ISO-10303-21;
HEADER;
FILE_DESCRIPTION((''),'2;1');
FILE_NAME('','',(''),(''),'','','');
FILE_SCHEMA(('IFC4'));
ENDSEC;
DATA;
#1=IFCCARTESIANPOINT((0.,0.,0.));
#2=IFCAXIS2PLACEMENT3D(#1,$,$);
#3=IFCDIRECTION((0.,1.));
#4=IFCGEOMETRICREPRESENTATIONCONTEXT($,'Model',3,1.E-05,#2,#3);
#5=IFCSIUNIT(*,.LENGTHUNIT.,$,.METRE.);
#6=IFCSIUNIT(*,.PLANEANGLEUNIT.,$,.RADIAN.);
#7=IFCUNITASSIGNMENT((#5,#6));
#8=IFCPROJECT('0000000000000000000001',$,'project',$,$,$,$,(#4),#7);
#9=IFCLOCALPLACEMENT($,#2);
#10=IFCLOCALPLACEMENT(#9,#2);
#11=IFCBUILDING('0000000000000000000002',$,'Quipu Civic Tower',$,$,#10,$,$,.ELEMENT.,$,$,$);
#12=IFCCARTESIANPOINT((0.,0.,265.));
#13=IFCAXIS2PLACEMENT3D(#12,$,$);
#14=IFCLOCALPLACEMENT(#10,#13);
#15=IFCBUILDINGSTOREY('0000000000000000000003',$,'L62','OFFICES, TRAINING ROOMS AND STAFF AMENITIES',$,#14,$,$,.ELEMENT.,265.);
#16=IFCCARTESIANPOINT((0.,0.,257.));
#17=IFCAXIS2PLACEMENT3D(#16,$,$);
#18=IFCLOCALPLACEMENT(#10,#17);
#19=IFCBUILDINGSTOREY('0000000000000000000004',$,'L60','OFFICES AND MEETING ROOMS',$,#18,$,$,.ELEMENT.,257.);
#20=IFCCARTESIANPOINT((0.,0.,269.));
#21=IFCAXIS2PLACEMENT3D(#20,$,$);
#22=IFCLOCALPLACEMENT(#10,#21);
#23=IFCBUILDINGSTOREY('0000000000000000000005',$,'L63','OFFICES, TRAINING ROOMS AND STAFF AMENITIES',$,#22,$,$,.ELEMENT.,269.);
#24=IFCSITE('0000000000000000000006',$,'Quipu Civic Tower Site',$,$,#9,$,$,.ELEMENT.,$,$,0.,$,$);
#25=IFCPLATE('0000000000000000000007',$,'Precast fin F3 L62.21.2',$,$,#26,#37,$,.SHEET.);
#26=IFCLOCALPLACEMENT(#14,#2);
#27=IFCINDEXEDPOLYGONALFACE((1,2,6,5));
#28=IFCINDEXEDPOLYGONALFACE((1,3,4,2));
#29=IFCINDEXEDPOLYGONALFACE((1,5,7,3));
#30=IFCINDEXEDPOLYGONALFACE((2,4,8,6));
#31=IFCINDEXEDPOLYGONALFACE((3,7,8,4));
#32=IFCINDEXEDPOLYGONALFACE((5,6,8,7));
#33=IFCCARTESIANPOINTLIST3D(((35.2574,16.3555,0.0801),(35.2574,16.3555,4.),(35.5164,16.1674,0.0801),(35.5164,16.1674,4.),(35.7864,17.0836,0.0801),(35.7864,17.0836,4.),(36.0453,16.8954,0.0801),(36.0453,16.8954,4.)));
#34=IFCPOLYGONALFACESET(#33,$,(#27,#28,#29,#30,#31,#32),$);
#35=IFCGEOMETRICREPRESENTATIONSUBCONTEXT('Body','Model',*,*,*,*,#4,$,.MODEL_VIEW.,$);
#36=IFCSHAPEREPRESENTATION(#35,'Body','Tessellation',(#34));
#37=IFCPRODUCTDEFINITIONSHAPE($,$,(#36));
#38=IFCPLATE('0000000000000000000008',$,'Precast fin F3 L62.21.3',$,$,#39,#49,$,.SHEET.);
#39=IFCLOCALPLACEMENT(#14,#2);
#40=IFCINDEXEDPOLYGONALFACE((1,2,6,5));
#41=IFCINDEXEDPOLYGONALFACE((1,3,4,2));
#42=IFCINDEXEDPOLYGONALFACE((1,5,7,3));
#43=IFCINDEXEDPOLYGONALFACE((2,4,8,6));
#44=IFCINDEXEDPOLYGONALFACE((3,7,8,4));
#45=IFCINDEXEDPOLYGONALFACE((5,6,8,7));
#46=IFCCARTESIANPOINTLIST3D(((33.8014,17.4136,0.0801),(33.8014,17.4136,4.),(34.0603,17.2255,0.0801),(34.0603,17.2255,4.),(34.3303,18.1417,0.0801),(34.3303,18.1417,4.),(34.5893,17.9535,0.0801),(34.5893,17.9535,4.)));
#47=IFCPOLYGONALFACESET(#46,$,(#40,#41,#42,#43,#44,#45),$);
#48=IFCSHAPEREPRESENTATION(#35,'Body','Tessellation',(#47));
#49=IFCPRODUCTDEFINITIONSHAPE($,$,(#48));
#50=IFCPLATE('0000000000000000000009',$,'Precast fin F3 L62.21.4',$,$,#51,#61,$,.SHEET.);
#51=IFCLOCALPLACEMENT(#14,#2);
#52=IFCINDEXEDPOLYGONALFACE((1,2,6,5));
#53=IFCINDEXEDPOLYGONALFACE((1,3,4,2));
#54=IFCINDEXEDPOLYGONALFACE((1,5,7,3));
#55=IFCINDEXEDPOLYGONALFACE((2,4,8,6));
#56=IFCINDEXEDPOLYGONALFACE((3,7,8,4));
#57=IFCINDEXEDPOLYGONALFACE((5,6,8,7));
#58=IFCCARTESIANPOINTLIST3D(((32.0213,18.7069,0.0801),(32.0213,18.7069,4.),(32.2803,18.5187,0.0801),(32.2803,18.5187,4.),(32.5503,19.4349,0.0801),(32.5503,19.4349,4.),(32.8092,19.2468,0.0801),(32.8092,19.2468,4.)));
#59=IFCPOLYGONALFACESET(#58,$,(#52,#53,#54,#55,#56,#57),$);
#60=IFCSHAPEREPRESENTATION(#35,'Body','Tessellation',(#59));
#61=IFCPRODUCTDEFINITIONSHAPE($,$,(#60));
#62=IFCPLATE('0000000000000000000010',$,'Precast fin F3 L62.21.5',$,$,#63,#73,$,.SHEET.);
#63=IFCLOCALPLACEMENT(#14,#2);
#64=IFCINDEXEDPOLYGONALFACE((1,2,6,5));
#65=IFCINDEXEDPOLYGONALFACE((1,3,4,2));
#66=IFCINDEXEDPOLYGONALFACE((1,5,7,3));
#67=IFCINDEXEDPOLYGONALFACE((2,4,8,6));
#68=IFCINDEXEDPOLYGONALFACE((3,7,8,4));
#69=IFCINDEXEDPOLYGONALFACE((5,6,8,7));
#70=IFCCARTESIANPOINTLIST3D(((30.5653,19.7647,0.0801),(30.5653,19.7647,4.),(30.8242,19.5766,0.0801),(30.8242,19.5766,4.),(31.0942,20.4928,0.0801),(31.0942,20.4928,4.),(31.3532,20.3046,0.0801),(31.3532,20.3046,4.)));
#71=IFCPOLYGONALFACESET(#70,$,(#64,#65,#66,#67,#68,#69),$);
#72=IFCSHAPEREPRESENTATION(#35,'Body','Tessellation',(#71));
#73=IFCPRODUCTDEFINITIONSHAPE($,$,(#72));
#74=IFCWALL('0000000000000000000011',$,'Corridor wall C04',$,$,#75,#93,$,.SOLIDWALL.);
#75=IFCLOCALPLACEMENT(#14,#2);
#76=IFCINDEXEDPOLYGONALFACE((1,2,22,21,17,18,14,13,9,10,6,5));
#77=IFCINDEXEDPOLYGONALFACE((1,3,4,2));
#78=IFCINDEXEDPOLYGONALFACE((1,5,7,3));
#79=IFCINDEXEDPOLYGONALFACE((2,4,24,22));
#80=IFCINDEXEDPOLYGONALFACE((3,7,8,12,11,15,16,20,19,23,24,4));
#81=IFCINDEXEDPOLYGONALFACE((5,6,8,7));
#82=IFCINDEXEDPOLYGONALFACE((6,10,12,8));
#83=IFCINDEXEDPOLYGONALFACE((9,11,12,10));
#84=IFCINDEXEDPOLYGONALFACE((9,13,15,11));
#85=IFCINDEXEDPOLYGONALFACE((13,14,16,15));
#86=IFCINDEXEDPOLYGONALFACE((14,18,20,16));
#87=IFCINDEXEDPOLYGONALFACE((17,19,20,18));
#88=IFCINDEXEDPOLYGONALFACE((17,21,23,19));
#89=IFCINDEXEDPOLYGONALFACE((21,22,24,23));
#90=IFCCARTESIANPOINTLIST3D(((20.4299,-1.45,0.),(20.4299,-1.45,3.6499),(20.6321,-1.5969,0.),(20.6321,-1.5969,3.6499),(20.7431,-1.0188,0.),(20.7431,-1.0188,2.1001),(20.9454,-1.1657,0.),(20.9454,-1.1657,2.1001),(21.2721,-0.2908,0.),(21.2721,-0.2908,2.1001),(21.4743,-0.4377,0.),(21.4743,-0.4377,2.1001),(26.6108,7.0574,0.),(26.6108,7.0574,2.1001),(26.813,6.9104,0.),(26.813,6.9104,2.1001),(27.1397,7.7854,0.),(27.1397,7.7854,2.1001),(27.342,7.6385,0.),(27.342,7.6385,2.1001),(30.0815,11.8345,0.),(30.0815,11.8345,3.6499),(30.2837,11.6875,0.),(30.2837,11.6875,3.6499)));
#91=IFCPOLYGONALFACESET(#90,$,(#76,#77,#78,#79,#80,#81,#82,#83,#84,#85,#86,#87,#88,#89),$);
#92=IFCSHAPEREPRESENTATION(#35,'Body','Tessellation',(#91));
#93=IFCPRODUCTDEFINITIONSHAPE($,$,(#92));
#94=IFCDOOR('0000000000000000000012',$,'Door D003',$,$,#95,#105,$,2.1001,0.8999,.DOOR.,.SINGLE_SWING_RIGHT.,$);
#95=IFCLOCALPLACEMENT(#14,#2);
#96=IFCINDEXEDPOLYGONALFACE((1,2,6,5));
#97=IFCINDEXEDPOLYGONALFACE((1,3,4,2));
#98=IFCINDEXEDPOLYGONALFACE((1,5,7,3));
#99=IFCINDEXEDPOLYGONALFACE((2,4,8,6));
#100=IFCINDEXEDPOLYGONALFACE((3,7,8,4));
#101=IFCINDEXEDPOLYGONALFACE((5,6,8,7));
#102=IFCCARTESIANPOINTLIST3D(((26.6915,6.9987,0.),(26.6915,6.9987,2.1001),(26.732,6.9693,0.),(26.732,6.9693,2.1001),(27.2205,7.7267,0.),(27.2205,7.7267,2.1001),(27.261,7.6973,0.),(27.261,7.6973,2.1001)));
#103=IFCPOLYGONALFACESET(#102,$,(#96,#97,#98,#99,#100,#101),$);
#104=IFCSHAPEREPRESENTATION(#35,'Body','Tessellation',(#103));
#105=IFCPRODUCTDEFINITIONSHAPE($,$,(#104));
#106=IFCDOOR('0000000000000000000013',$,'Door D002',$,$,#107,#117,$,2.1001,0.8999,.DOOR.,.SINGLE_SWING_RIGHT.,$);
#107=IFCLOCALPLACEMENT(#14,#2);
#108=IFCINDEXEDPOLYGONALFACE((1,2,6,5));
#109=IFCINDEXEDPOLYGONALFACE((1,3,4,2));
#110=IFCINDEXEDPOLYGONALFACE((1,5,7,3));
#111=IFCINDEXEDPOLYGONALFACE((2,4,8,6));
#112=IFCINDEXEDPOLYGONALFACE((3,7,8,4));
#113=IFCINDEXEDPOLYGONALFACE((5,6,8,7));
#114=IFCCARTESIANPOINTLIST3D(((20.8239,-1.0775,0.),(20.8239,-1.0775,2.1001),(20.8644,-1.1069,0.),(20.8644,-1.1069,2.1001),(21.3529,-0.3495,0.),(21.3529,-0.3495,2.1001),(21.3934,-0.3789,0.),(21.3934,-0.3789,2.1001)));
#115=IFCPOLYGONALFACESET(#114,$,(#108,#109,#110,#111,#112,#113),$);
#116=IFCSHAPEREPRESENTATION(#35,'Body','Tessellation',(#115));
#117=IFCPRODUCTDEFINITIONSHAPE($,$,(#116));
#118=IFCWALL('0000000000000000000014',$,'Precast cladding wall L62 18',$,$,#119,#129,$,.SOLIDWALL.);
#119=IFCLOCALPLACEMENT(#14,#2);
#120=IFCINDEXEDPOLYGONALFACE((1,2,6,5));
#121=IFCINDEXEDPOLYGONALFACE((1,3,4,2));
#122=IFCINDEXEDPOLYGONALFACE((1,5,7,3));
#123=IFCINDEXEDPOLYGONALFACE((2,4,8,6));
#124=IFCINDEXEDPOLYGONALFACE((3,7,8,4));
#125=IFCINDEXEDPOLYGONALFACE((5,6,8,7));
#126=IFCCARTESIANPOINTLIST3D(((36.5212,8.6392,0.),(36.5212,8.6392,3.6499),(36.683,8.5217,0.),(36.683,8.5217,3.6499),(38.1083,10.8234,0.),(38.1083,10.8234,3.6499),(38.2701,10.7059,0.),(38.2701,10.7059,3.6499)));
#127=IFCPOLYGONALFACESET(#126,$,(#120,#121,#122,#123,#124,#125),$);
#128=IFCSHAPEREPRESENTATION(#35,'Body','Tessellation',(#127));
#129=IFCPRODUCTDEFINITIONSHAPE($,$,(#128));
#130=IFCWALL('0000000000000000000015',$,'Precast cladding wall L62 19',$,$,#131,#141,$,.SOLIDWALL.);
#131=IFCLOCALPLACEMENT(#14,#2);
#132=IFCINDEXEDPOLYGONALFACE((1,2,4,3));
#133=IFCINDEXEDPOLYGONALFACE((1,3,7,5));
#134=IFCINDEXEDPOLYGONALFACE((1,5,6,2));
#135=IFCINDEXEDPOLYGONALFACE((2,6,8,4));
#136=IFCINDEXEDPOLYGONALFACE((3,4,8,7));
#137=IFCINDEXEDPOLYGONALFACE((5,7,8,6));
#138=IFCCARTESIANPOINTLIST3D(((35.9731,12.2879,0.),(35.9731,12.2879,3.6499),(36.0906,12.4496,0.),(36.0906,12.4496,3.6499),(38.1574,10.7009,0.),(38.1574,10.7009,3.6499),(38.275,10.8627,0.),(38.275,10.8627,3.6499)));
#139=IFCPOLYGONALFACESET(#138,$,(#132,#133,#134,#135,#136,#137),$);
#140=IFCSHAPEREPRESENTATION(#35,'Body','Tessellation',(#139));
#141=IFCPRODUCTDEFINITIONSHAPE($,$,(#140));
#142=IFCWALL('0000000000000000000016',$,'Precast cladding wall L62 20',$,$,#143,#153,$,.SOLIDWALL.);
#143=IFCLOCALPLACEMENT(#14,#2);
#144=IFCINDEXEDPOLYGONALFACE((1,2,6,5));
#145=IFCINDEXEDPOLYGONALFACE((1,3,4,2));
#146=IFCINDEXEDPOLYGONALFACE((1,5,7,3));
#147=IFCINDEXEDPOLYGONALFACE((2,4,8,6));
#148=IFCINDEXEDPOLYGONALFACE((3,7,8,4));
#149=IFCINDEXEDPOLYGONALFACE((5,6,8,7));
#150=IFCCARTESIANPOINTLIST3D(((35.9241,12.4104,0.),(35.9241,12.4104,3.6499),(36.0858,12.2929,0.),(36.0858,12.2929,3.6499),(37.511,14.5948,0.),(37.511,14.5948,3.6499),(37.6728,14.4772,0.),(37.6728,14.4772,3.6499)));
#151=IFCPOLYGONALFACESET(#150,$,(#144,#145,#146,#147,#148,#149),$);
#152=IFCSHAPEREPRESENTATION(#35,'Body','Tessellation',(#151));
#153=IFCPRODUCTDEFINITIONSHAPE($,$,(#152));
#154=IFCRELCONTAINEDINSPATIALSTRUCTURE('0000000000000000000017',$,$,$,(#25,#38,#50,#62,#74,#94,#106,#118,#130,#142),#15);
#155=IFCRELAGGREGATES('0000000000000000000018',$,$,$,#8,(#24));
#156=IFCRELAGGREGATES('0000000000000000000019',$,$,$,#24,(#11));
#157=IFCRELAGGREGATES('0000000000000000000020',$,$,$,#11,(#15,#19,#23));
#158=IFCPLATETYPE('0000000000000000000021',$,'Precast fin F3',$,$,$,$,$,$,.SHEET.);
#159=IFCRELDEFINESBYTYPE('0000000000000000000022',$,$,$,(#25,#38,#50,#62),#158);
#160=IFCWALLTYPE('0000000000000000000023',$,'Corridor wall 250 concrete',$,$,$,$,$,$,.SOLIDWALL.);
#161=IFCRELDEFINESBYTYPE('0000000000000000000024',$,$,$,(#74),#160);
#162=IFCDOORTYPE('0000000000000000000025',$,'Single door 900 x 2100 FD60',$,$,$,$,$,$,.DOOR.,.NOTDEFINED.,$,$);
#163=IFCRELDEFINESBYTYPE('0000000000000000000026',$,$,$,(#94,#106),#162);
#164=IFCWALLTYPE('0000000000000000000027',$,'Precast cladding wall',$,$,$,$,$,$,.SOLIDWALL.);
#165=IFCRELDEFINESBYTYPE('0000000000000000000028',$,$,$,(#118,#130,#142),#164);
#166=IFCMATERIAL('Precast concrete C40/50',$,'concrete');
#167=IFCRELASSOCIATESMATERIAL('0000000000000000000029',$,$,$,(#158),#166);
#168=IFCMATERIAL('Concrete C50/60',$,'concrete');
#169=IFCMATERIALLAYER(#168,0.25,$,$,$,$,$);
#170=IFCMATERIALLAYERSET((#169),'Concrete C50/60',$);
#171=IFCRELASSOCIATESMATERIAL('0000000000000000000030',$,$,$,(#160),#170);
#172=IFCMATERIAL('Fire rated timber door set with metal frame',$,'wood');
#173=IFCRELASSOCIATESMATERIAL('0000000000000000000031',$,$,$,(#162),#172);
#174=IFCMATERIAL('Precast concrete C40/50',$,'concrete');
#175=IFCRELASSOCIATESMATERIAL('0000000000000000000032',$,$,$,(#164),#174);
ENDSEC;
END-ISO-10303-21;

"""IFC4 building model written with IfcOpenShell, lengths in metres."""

from ifc_helpers import new_model, si_unit, direction, frame, frame_2d, origin, origin_2d, place, context, subcontext, project, spatial, rectangle, extrude, material, layer, layer_set, type_object, element, fill, save


model = new_model("IFC4")

# Units and contexts
model_context = context("Model", 3, precision=1e-05, world=origin(), true_north=direction((0.0, 1.0)))
body_context = subcontext(model_context, "Body", "Model", "MODEL_VIEW")
ifc_project = project(units=[si_unit("LENGTHUNIT", "METRE"), si_unit("PLANEANGLEUNIT", "RADIAN")], contexts=[model_context])

# Site, building, storey
site_placement = place(None, origin())
site = spatial("IfcSite", under=ifc_project, at=site_placement, Name="Quipu Civic Tower Site", CompositionType="ELEMENT", RefElevation=0.0)
building_placement = place(site_placement, origin())
building = spatial("IfcBuilding", under=site, at=building_placement, Name="Quipu Civic Tower", CompositionType="ELEMENT")
storey_1_placement = place(building_placement, frame((0.0, 0.0, 265.0)))
storey_1 = spatial("IfcBuildingStorey", under=building, at=storey_1_placement, Name="L62", Description="OFFICES, TRAINING ROOMS AND STAFF AMENITIES", CompositionType="ELEMENT", Elevation=265.0)

# Shared definitions
storey_2_placement = place(building_placement, frame((0.0, 0.0, 257.0)))
storey_2 = spatial("IfcBuildingStorey", under=building, at=storey_2_placement, Name="L60", Description="OFFICES AND MEETING ROOMS", CompositionType="ELEMENT", Elevation=257.0)

# Shared definitions
storey_3_placement = place(building_placement, frame((0.0, 0.0, 269.0)))
storey_3 = spatial("IfcBuildingStorey", under=building, at=storey_3_placement, Name="L63", Description="OFFICES, TRAINING ROOMS AND STAFF AMENITIES", CompositionType="ELEMENT", Elevation=269.0)

# Plates
ifc_material_1 = material(Name="Precast concrete C40/50", Category="concrete")
plate_type_1 = type_object("IfcPlateType", Name="Precast fin F3", PredefinedType="SHEET", material=ifc_material_1)
for number, where, z_axis, x_axis, name in (
    (1, (35.6514, 16.6255, 0.0801), (0.0, 0.0, 1.0), (-0.809017, 0.587785, 0.0), "Precast fin F3 L62.21.2"),
    (2, (34.1953, 17.6836, 0.0801), (0.0, 0.0, 1.0), (-0.809017, 0.587785, 0.0), "Precast fin F3 L62.21.3"),
    (3, (32.4153, 18.9768, 0.0801), (0.0, 0.0, 1.0), (-0.809017, 0.587785, 0.0), "Precast fin F3 L62.21.4"),
    (4, (30.9592, 20.0347, 0.0801), (0.0, 0.0, 1.0), (-0.809017, 0.587785, 0.0), "Precast fin F3 L62.21.5"),
):
    element("IfcPlate", number, at=place(storey_1_placement, frame(where, z_axis=z_axis, x_axis=x_axis)), inside=storey_1, type_object=plate_type_1, Name=name, PredefinedType="SHEET", context=body_context, shape_type="SweptSolid", body=[
        extrude(rectangle(XDim=0.3201, YDim=0.8999, at=origin_2d()), origin(), (0.0, 0.0, 1.0), 3.9199),
    ])

# Wall, openings, doors
ifc_material_2 = material(Name="Concrete C50/60", Category="concrete")
ifc_layer_1 = layer(ifc_material_2, 0.25)
ifc_layer_set_1 = layer_set([ifc_layer_1], Name="Concrete C50/60")
wall_type_1 = type_object("IfcWallType", Name="Corridor wall 250 concrete", PredefinedType="SOLIDWALL", material=ifc_layer_set_1)
wall_placement = place(storey_1_placement, frame((30.1826, 11.761, 0.0), z_axis=(0.0, 0.0, 1.0), x_axis=(-0.587782, -0.80902, 0.0)))
wall = element("IfcWall", 5, at=wall_placement, inside=storey_1, type_object=wall_type_1, Name="Corridor wall C04", PredefinedType="SOLIDWALL", context=body_context, shape_type="SweptSolid", body=[
    extrude(rectangle(XDim=16.4204, YDim=0.25, at=frame_2d((8.2102, 0.0))), origin(), (0.0, 0.0, 1.0), 3.6499),
])
opening_1_placement = place(wall_placement, frame((5.0049, 0.0, 0.0)))
opening_1 = element("IfcOpeningElement", 6, at=opening_1_placement, cuts=wall, PredefinedType="OPENING", context=body_context, shape_type="SweptSolid", body=[
    extrude(rectangle(XDim=0.8999, YDim=2.1001, at=frame_2d((0.45, 1.05))), frame((0.0, 0.135, 0.0), z_axis=(0.0, -1.0, 0.0), x_axis=(1.0, 0.0, 0.0)), (0.0, 0.0, 1.0), 0.27),
])
opening_2_placement = place(wall_placement, frame((14.9875, 0.0, 0.0)))
opening_2 = element("IfcOpeningElement", 7, at=opening_2_placement, cuts=wall, PredefinedType="OPENING", context=body_context, shape_type="SweptSolid", body=[
    extrude(rectangle(XDim=0.8999, YDim=2.1001, at=frame_2d((0.45, 1.05))), frame((0.0, 0.135, 0.0), z_axis=(0.0, -1.0, 0.0), x_axis=(1.0, 0.0, 0.0)), (0.0, 0.0, 1.0), 0.27),
])
ifc_material_3 = material(Name="Fire rated timber door set with metal frame", Category="wood")
door_type = type_object("IfcDoorType", Name="Single door 900 x 2100 FD60", OperationType="NOTDEFINED", PredefinedType="DOOR", material=ifc_material_3)
door_1_placement = place(opening_1_placement, origin())
door_1 = element("IfcDoor", 8, at=door_1_placement, inside=storey_1, type_object=door_type, Name="Door D003", OperationType="SINGLE_SWING_RIGHT", OverallHeight=2.1001, OverallWidth=0.8999, PredefinedType="DOOR", context=body_context, shape_type="SweptSolid", body=[
    extrude(rectangle(XDim=0.8999, YDim=2.1001, at=frame_2d((0.45, 1.05))), frame((0.0, 0.0249, 0.0), z_axis=(0.0, -1.0, 0.0), x_axis=(1.0, 0.0, 0.0)), (0.0, 0.0, 1.0), 0.05),
])
fill(opening_1, door_1)
door_2_placement = place(opening_2_placement, origin())
door_2 = element("IfcDoor", 9, at=door_2_placement, inside=storey_1, type_object=door_type, Name="Door D002", OperationType="SINGLE_SWING_RIGHT", OverallHeight=2.1001, OverallWidth=0.8999, PredefinedType="DOOR", context=body_context, shape_type="SweptSolid", body=[
    extrude(rectangle(XDim=0.8999, YDim=2.1001, at=frame_2d((0.45, 1.05))), frame((0.0, 0.0249, 0.0), z_axis=(0.0, -1.0, 0.0), x_axis=(1.0, 0.0, 0.0)), (0.0, 0.0, 1.0), 0.05),
])
fill(opening_2, door_2)

# Walls
ifc_material_4 = material(Name="Precast concrete C40/50", Category="concrete")
wall_type_2 = type_object("IfcWallType", Name="Precast cladding wall", PredefinedType="SOLIDWALL", material=ifc_material_4)
for number, where, z_axis, x_axis, name in (
    (10, (36.6021, 8.5803, 0.0), (0.0, 0.0, 1.0), (0.587822, 0.80899, 0.0), "Precast cladding wall L62 18"),
    (11, (38.2163, 10.7817, 0.0), (0.0, 0.0, 1.0), (-0.809033, 0.587763, 0.0), "Precast cladding wall L62 19"),
    (12, (36.0049, 12.3516, 0.0), (0.0, 0.0, 1.0), (0.587763, 0.809033, 0.0), "Precast cladding wall L62 20"),
):
    element("IfcWall", number, at=place(storey_1_placement, frame(where, z_axis=z_axis, x_axis=x_axis)), inside=storey_1, type_object=wall_type_2, Name=name, PredefinedType="SOLIDWALL", context=body_context, shape_type="SweptSolid", body=[
        extrude(rectangle(XDim=2.7, YDim=0.2, at=frame_2d((1.3501, 0.0))), origin(), (0.0, 0.0, 1.0), 3.6499),
    ])

save(model, "model.ifc")
